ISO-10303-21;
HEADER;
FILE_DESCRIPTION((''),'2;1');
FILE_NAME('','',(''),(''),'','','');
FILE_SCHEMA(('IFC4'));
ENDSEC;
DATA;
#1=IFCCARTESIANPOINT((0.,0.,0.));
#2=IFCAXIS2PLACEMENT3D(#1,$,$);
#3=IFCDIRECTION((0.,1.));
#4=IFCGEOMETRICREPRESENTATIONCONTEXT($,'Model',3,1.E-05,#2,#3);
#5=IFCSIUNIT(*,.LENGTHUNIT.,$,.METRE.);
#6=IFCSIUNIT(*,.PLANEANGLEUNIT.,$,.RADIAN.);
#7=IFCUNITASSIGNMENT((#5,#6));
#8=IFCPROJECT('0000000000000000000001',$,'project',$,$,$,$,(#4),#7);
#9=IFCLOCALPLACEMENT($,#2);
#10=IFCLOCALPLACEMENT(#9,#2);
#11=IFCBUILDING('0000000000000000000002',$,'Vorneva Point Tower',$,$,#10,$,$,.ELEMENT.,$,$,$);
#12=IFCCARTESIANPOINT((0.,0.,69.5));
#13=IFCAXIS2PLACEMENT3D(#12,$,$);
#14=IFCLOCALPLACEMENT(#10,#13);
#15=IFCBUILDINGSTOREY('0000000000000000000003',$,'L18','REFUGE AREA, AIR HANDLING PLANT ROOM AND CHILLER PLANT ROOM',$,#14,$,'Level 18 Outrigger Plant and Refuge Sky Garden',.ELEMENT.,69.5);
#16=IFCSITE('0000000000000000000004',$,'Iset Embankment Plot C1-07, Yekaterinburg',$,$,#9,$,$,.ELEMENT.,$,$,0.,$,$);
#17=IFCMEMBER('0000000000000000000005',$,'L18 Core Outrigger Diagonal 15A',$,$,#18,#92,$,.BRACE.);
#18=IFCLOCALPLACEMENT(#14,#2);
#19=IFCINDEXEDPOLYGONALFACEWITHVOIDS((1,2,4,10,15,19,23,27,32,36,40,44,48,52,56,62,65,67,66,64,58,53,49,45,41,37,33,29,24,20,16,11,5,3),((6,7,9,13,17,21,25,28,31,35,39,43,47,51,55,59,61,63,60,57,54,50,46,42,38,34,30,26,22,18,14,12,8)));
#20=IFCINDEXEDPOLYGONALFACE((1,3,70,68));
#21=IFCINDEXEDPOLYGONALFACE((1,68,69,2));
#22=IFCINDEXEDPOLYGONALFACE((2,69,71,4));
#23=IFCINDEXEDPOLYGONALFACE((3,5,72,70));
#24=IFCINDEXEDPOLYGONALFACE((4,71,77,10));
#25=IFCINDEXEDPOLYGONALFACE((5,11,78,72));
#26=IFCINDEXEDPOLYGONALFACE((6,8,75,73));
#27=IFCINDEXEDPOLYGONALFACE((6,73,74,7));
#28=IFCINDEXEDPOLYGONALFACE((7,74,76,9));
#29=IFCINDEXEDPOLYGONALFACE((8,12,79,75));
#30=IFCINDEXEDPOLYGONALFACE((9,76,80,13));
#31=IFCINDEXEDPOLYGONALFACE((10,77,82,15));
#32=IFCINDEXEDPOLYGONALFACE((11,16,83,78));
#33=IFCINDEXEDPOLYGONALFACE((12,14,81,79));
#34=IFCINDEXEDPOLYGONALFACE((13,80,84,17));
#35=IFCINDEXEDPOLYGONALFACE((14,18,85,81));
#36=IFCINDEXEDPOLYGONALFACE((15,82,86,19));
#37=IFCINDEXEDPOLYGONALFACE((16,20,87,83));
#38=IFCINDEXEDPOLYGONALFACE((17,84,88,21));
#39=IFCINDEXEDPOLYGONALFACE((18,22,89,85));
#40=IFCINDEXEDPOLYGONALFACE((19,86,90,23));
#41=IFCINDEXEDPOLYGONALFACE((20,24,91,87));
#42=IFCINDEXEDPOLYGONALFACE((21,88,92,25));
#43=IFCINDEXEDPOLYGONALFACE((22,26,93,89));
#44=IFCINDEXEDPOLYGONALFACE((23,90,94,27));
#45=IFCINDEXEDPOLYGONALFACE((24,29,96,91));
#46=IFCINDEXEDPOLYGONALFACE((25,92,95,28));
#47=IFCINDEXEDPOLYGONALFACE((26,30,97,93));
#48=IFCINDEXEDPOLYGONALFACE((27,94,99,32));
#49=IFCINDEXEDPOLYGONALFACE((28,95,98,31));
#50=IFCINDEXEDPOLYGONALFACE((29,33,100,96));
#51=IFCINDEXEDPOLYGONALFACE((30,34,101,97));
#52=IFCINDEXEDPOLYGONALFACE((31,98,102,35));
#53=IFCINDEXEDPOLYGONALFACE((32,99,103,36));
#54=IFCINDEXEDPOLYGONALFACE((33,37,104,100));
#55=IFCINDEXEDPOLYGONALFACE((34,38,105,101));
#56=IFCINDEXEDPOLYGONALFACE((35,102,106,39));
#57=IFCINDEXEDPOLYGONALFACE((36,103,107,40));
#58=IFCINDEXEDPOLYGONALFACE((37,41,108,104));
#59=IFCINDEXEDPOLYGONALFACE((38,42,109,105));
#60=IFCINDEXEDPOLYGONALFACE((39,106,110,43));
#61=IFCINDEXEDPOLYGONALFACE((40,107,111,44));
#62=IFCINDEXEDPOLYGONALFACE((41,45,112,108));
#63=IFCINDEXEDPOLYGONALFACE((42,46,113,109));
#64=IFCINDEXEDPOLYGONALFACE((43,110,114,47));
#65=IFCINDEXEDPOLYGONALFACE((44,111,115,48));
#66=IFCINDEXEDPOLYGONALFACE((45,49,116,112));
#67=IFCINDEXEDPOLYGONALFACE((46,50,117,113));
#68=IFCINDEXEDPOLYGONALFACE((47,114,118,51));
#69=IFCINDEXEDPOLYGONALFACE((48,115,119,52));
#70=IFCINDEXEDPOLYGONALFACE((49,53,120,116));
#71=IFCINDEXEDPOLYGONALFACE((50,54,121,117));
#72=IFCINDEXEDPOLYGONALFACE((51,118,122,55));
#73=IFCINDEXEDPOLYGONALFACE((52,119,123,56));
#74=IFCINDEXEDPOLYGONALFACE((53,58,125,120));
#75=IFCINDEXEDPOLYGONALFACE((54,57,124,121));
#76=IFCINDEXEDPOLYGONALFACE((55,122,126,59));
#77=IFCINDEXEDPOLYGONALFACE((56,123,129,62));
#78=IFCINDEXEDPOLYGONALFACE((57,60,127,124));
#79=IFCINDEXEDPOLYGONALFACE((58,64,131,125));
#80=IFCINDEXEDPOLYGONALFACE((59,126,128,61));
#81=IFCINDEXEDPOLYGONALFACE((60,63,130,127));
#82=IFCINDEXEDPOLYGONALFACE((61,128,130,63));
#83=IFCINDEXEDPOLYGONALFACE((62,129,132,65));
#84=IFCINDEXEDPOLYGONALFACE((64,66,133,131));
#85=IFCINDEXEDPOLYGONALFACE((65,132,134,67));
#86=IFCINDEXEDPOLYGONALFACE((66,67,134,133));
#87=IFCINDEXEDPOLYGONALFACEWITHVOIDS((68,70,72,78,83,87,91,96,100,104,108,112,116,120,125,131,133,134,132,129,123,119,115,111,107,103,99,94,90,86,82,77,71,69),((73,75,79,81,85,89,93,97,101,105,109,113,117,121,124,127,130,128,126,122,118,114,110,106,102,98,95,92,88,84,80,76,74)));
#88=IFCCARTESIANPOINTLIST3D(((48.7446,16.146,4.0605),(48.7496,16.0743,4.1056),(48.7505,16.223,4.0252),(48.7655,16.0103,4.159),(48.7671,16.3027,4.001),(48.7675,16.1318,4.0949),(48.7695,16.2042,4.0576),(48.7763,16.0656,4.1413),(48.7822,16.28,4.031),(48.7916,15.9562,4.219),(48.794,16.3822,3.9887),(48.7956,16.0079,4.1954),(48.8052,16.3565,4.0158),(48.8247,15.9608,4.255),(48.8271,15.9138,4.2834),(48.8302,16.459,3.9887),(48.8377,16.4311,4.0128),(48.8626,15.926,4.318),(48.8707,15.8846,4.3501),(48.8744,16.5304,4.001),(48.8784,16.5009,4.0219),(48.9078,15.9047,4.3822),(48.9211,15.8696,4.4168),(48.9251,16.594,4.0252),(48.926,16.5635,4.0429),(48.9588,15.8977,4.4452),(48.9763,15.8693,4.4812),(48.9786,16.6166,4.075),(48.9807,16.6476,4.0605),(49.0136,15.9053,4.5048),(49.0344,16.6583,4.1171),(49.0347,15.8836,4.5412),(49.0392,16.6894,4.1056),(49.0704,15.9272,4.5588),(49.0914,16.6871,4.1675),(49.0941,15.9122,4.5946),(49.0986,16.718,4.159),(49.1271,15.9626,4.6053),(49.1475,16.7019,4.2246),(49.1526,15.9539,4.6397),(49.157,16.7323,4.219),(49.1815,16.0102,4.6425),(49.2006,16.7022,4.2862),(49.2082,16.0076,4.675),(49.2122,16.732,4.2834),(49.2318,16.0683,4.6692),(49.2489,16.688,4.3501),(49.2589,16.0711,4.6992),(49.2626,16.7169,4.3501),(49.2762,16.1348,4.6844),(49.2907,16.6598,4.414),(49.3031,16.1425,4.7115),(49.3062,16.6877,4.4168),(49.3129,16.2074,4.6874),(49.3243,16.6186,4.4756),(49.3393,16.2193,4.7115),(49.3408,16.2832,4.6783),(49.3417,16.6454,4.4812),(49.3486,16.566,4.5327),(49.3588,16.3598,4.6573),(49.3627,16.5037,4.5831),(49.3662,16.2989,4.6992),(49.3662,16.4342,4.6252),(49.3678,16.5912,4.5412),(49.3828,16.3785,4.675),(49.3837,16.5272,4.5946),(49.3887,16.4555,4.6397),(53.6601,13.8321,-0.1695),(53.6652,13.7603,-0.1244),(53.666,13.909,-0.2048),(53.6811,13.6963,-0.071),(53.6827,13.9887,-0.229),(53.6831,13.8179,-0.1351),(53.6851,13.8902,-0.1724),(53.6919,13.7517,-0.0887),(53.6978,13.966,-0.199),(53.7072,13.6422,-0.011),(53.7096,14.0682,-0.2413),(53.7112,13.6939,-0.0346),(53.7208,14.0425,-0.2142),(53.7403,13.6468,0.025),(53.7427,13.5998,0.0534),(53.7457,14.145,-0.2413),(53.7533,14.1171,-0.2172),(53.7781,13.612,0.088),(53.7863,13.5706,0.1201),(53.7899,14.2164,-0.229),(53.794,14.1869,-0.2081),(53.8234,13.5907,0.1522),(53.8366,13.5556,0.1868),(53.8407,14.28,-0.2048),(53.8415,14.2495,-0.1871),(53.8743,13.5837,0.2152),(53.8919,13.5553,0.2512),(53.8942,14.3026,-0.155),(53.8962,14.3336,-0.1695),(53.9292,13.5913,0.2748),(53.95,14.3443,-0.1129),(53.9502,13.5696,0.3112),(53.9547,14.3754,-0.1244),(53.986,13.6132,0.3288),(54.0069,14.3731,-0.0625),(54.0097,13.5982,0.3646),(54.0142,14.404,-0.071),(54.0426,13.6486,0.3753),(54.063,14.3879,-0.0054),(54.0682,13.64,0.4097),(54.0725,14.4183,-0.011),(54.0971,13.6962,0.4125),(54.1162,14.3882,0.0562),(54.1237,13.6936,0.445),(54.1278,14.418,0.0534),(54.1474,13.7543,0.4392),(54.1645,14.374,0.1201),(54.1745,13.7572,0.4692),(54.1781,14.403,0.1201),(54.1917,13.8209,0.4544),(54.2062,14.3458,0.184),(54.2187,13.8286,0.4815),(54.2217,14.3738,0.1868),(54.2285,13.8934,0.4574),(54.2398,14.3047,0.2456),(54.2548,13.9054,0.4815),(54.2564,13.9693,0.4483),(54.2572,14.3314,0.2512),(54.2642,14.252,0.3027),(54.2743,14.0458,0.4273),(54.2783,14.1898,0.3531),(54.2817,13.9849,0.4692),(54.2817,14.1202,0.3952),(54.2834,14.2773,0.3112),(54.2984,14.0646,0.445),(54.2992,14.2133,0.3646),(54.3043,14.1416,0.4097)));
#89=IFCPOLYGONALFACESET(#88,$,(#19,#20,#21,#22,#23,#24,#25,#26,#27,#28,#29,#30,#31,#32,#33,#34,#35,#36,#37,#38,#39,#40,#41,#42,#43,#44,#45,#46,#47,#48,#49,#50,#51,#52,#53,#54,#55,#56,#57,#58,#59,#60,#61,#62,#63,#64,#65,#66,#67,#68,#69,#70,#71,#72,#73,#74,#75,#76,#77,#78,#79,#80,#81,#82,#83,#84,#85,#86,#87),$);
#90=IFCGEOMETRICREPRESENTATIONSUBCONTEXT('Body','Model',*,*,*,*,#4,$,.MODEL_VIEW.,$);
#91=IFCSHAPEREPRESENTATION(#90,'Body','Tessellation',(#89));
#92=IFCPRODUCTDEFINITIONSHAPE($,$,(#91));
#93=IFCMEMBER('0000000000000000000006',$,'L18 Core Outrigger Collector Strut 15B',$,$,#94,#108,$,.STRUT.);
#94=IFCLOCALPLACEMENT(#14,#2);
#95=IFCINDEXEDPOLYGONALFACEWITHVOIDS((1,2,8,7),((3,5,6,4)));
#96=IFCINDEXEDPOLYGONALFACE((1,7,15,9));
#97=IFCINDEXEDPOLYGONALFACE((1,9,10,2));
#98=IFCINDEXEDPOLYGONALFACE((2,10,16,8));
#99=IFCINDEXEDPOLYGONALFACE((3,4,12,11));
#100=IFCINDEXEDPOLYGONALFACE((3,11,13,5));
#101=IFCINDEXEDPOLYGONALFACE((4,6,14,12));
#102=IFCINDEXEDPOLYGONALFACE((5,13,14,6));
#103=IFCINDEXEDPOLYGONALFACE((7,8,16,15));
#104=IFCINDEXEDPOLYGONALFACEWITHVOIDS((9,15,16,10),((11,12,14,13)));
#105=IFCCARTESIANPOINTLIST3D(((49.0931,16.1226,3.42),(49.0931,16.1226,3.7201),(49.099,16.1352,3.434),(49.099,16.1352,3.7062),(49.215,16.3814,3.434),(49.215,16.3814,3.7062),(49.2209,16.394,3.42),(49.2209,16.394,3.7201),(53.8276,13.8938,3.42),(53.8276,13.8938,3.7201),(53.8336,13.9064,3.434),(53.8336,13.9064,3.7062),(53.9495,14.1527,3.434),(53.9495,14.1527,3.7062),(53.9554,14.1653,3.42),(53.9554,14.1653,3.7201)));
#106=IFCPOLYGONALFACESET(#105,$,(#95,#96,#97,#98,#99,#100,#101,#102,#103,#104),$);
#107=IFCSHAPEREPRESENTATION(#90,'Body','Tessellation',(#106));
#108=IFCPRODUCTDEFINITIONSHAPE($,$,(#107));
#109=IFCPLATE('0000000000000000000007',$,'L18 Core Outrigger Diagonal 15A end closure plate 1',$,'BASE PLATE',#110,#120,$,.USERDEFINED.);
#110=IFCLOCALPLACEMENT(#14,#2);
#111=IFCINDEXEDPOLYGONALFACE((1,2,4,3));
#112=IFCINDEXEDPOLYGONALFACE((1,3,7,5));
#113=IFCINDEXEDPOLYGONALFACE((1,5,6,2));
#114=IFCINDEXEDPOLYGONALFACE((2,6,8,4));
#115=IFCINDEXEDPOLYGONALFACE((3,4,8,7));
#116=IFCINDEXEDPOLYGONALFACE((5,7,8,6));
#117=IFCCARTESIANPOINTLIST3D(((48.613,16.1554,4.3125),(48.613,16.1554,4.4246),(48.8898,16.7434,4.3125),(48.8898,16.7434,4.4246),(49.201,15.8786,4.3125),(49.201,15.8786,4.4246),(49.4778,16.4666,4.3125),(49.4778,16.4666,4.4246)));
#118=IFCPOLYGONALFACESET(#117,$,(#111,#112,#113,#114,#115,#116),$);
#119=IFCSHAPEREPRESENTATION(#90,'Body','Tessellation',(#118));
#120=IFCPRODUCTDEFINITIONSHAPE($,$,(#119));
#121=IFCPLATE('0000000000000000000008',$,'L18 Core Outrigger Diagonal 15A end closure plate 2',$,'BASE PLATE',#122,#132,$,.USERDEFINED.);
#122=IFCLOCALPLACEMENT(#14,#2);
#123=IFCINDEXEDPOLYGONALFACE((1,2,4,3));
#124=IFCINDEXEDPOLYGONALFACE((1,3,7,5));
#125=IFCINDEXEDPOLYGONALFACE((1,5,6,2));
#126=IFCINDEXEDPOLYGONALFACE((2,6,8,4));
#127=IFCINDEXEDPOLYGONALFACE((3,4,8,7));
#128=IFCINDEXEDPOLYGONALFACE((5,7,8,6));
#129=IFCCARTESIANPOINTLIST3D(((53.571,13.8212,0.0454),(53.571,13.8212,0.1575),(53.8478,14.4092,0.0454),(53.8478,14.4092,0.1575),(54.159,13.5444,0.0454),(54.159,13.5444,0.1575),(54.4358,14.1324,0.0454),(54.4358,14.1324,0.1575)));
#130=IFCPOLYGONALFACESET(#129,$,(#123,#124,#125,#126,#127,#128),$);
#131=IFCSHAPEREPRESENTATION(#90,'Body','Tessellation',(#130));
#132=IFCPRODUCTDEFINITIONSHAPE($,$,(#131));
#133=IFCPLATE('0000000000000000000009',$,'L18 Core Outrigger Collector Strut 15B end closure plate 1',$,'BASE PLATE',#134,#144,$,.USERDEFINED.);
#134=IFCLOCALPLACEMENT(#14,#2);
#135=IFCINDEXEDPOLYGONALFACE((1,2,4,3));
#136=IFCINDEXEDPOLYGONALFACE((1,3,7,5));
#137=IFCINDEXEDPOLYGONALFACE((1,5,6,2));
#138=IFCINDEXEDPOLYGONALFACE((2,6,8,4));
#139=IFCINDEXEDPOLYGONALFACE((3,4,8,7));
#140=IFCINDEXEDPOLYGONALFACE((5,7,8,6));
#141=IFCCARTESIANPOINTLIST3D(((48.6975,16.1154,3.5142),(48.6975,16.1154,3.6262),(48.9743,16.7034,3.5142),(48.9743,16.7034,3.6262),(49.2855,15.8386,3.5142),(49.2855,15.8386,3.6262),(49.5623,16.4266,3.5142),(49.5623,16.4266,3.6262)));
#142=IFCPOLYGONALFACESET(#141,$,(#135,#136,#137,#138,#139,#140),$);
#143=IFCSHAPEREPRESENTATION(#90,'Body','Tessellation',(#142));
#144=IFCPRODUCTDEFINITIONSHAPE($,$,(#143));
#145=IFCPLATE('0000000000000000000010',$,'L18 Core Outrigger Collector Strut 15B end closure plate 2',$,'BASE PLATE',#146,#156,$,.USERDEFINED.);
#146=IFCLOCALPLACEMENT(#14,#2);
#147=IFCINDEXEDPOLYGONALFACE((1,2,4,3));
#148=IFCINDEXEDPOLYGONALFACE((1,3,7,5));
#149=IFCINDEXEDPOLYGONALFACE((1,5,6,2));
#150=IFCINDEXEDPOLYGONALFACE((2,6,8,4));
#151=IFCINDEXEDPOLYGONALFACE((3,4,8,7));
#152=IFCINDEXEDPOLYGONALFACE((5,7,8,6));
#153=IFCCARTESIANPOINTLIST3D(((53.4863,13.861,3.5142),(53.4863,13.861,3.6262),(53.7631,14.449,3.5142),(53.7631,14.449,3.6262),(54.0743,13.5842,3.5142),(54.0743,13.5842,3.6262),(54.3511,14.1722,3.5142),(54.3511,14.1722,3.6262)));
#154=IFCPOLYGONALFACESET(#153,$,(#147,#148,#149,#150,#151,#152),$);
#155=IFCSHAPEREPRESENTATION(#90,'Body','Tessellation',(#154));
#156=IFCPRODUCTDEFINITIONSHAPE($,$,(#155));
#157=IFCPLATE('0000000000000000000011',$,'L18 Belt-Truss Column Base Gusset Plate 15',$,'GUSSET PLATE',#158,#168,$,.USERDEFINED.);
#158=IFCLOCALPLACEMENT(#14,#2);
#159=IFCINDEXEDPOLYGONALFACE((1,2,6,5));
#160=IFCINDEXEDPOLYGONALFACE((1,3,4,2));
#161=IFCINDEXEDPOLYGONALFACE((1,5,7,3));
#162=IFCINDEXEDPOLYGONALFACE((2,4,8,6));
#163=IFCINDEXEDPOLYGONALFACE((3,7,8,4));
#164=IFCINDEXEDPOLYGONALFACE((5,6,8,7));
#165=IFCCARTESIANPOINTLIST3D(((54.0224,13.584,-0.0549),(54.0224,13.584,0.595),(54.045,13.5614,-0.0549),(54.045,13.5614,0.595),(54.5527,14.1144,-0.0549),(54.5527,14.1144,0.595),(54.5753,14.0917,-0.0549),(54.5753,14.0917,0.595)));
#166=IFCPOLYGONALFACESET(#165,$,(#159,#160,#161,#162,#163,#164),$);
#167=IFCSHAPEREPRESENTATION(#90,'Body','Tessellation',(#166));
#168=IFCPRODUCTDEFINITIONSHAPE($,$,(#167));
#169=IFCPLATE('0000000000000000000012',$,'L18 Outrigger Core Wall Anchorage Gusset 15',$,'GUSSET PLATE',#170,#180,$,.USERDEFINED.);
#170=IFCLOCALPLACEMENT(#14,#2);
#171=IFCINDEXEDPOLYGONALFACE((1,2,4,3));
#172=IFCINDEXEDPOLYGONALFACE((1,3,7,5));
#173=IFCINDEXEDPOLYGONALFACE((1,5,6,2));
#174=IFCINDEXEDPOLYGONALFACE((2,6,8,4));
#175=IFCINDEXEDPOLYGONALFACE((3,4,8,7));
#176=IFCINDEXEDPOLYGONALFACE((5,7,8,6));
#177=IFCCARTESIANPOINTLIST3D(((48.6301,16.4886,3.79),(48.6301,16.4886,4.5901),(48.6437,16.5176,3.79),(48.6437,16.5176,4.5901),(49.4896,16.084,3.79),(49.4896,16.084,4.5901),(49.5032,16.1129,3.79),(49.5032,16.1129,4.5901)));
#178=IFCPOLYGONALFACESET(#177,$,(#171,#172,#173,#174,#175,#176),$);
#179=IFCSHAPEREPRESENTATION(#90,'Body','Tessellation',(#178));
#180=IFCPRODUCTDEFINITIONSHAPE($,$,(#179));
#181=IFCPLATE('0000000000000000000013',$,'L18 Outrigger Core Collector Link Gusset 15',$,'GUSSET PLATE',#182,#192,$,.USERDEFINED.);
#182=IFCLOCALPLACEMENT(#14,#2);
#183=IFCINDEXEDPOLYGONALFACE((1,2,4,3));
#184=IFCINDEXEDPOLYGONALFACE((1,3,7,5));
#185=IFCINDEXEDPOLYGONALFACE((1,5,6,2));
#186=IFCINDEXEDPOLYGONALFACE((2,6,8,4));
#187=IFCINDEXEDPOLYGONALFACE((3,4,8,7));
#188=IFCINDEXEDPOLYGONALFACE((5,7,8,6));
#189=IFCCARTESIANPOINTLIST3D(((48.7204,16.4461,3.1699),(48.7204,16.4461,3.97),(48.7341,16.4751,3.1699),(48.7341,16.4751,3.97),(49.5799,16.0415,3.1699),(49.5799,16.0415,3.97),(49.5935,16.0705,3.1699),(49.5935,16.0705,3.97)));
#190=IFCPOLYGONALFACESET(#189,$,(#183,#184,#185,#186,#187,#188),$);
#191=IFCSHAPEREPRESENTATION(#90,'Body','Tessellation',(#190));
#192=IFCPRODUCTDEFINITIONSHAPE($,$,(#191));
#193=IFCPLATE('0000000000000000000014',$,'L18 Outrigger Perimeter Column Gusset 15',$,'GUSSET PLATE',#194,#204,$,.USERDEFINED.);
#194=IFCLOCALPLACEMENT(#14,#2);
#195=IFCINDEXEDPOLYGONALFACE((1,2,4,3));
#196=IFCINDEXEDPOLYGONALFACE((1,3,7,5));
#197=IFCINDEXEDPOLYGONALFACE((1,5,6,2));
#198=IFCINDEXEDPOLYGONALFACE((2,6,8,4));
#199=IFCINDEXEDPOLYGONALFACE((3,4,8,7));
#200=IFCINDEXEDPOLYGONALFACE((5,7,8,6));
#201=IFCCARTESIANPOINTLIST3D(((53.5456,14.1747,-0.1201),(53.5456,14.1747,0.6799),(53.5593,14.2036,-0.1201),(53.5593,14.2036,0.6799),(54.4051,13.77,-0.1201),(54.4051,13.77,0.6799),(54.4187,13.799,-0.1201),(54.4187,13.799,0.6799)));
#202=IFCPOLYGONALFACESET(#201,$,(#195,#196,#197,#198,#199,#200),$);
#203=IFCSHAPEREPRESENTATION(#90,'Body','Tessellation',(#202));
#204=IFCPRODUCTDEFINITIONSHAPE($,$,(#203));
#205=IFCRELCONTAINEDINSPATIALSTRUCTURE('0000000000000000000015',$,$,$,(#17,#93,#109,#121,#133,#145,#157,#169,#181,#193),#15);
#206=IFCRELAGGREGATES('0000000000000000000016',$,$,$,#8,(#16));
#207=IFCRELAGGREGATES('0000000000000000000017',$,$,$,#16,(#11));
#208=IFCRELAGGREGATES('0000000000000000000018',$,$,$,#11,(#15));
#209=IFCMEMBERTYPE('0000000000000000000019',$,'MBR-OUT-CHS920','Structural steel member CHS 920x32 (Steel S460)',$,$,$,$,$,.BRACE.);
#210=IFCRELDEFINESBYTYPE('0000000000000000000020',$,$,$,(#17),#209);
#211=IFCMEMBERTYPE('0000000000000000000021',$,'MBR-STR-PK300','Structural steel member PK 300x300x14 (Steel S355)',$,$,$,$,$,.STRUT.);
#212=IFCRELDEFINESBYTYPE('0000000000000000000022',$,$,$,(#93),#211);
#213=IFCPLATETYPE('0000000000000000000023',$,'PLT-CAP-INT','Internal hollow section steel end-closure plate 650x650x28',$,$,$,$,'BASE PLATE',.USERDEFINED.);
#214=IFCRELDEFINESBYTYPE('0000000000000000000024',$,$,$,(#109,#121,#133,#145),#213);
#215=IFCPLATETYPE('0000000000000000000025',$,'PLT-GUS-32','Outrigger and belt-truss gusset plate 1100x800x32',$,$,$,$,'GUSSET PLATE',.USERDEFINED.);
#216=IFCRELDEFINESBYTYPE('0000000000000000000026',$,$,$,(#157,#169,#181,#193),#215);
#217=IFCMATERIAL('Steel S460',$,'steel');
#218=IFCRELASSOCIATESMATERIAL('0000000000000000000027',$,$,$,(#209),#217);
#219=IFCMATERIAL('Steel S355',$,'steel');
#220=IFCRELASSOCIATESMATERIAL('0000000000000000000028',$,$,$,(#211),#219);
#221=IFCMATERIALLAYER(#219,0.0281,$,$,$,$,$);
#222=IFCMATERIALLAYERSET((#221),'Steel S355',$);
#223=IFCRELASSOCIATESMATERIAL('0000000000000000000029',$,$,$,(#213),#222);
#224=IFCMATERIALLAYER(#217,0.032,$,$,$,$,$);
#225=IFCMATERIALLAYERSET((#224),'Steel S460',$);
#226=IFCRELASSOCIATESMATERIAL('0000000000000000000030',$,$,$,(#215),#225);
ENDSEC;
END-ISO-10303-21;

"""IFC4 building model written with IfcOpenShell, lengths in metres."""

from ifc_helpers import new_model, si_unit, direction, frame, origin, origin_2d, place, context, subcontext, project, spatial, rectangle, hollow_rectangle, hollow_circle, extrude, material, layer, layer_set, material_profile, profile_set, type_object, element, save


model = new_model("IFC4")

# Units and contexts
model_context = context("Model", 3, precision=1e-05, world=origin(), true_north=direction((0.0, 1.0)))
body_context = subcontext(model_context, "Body", "Model", "MODEL_VIEW")
ifc_project = project(units=[si_unit("LENGTHUNIT", "METRE"), si_unit("PLANEANGLEUNIT", "RADIAN")], contexts=[model_context])

# Site, building, storey
site_placement = place(None, origin())
site = spatial("IfcSite", under=ifc_project, at=site_placement, Name="Iset Embankment Plot C1-07, Yekaterinburg", CompositionType="ELEMENT", RefElevation=0.0)
building_placement = place(site_placement, origin())
building = spatial("IfcBuilding", under=site, at=building_placement, Name="Vorneva Point Tower", CompositionType="ELEMENT")
storey_placement = place(building_placement, frame((0.0, 0.0, 69.5)))
storey = spatial("IfcBuildingStorey", under=building, at=storey_placement, Name="L18", Description="REFUGE AREA, AIR HANDLING PLANT ROOM AND CHILLER PLANT ROOM", LongName="Level 18 Outrigger Plant and Refuge Sky Garden", CompositionType="ELEMENT", Elevation=69.5)

# Shared definitions
ifc_material_1 = material(Name="Steel S460", Category="steel")
ifc_material_2 = material(Name="Steel S355", Category="steel")

# Members
ifc_material_profile_1 = material_profile(ifc_material_1, hollow_circle(Radius=0.46, WallThickness=0.032, at=origin_2d()), Name="CHS 920x32")
ifc_profile_set_1 = profile_set([ifc_material_profile_1], Name="Steel S460")
member_type_1 = type_object("IfcMemberType", Name="MBR-OUT-CHS920", Description="Structural steel member CHS 920x32 (Steel S460)", PredefinedType="BRACE", material=ifc_profile_set_1)
member_1_placement = place(storey_placement, frame((49.0667, 16.3008, 4.3501), z_axis=(0.713899, -0.336065, -0.614335), x_axis=(0.425914, 0.904764, 0.0)))
element("IfcMember", 1, at=member_1_placement, inside=storey, type_object=member_type_1, Name="L18 Core Outrigger Diagonal 15A", PredefinedType="BRACE", context=body_context, shape_type="SweptSolid", body=[
    extrude(hollow_circle(Radius=0.46, WallThickness=0.032, at=origin_2d()), origin(), (0.0, 0.0, 1.0), 6.8855),
])
ifc_material_profile_2 = material_profile(ifc_material_2, hollow_rectangle(XDim=0.3, YDim=0.3, WallThickness=0.0139, at=origin_2d()), Name="PK 300x300x14")
ifc_profile_set_2 = profile_set([ifc_material_profile_2], Name="Steel S355")
member_type_2 = type_object("IfcMemberType", Name="MBR-STR-PK300", Description="Structural steel member PK 300x300x14 (Steel S355)", PredefinedType="STRUT", material=ifc_profile_set_2)
member_2_placement = place(storey_placement, frame((49.157, 16.2583, 3.5701), z_axis=(0.904767, -0.425907, 0.0), x_axis=(0.425907, 0.904767, 0.0)))
element("IfcMember", 2, at=member_2_placement, inside=storey, type_object=member_type_2, Name="L18 Core Outrigger Collector Strut 15B", PredefinedType="STRUT", context=body_context, shape_type="SweptSolid", body=[
    extrude(hollow_rectangle(XDim=0.3, YDim=0.3, WallThickness=0.0139, at=origin_2d()), origin(), (0.0, 0.0, 1.0), 5.2329),
])

# Plates
ifc_layer_1 = layer(ifc_material_2, 0.0281)
ifc_layer_set_1 = layer_set([ifc_layer_1], Name="Steel S355")
plate_type_1 = type_object("IfcPlateType", Name="PLT-CAP-INT", Description="Internal hollow section steel end-closure plate 650x650x28", ElementType="BASE PLATE", PredefinedType="USERDEFINED", material=ifc_layer_set_1)
for number, where, z_axis, x_axis, name in (
    (3, (49.0454, 16.311, 4.3125), (0.0, 0.0, 1.0), (0.90476, -0.425921, 0.0), "L18 Core Outrigger Diagonal 15A end closure plate 1"),
    (4, (54.0034, 13.9768, 0.0454), (0.0, 0.0, 1.0), (0.90476, -0.425921, 0.0), "L18 Core Outrigger Diagonal 15A end closure plate 2"),
    (5, (49.1299, 16.271, 3.5142), (0.0, 0.0, 1.0), (0.90476, -0.425921, 0.0), "L18 Core Outrigger Collector Strut 15B end closure plate 1"),
    (6, (53.9187, 14.0166, 3.5142), (0.0, 0.0, 1.0), (0.90476, -0.425921, 0.0), "L18 Core Outrigger Collector Strut 15B end closure plate 2"),
):
    element("IfcPlate", number, at=place(storey_placement, frame(where, z_axis=z_axis, x_axis=x_axis)), inside=storey, type_object=plate_type_1, Name=name, ObjectType="BASE PLATE", PredefinedType="USERDEFINED", context=body_context, shape_type="SweptSolid", body=[
        extrude(rectangle(XDim=0.6499, YDim=0.6499, at=origin_2d()), origin(), (0.0, 0.0, 1.0), 0.1121),
    ])
ifc_layer_2 = layer(ifc_material_1, 0.032)
ifc_layer_set_2 = layer_set([ifc_layer_2], Name="Steel S460")
plate_type_2 = type_object("IfcPlateType", Name="PLT-GUS-32", Description="Outrigger and belt-truss gusset plate 1100x800x32", ElementType="GUSSET PLATE", PredefinedType="USERDEFINED", material=ifc_layer_set_2)
plate_placement = place(storey_placement, frame((54.2988, 13.8379, -0.0549), z_axis=(0.0, 0.0, 1.0), x_axis=(0.707107, 0.707107, 0.0)))
element("IfcPlate", 7, at=plate_placement, inside=storey, type_object=plate_type_2, Name="L18 Belt-Truss Column Base Gusset Plate 15", ObjectType="GUSSET PLATE", PredefinedType="USERDEFINED", context=body_context, shape_type="SweptSolid", body=[
    extrude(rectangle(XDim=0.75, YDim=0.032, at=origin_2d()), origin(), (0.0, 0.0, 1.0), 0.6499),
])
for number, where, z_axis, x_axis, name in (
    (8, (49.0667, 16.3008, 3.79), (0.0, 0.0, 1.0), (0.904753, -0.425937, 0.0), "L18 Outrigger Core Wall Anchorage Gusset 15"),
    (9, (49.157, 16.2583, 3.1699), (0.0, 0.0, 1.0), (0.904753, -0.425937, 0.0), "L18 Outrigger Core Collector Link Gusset 15"),
    (10, (53.9822, 13.9868, -0.1201), (0.0, 0.0, 1.0), (0.904753, -0.425937, 0.0), "L18 Outrigger Perimeter Column Gusset 15"),
):
    element("IfcPlate", number, at=place(storey_placement, frame(where, z_axis=z_axis, x_axis=x_axis)), inside=storey, type_object=plate_type_2, Name=name, ObjectType="GUSSET PLATE", PredefinedType="USERDEFINED", context=body_context, shape_type="SweptSolid", body=[
        extrude(rectangle(XDim=0.95, YDim=0.032, at=origin_2d()), origin(), (0.0, 0.0, 1.0), 0.8),
    ])

save(model, "model.ifc")
